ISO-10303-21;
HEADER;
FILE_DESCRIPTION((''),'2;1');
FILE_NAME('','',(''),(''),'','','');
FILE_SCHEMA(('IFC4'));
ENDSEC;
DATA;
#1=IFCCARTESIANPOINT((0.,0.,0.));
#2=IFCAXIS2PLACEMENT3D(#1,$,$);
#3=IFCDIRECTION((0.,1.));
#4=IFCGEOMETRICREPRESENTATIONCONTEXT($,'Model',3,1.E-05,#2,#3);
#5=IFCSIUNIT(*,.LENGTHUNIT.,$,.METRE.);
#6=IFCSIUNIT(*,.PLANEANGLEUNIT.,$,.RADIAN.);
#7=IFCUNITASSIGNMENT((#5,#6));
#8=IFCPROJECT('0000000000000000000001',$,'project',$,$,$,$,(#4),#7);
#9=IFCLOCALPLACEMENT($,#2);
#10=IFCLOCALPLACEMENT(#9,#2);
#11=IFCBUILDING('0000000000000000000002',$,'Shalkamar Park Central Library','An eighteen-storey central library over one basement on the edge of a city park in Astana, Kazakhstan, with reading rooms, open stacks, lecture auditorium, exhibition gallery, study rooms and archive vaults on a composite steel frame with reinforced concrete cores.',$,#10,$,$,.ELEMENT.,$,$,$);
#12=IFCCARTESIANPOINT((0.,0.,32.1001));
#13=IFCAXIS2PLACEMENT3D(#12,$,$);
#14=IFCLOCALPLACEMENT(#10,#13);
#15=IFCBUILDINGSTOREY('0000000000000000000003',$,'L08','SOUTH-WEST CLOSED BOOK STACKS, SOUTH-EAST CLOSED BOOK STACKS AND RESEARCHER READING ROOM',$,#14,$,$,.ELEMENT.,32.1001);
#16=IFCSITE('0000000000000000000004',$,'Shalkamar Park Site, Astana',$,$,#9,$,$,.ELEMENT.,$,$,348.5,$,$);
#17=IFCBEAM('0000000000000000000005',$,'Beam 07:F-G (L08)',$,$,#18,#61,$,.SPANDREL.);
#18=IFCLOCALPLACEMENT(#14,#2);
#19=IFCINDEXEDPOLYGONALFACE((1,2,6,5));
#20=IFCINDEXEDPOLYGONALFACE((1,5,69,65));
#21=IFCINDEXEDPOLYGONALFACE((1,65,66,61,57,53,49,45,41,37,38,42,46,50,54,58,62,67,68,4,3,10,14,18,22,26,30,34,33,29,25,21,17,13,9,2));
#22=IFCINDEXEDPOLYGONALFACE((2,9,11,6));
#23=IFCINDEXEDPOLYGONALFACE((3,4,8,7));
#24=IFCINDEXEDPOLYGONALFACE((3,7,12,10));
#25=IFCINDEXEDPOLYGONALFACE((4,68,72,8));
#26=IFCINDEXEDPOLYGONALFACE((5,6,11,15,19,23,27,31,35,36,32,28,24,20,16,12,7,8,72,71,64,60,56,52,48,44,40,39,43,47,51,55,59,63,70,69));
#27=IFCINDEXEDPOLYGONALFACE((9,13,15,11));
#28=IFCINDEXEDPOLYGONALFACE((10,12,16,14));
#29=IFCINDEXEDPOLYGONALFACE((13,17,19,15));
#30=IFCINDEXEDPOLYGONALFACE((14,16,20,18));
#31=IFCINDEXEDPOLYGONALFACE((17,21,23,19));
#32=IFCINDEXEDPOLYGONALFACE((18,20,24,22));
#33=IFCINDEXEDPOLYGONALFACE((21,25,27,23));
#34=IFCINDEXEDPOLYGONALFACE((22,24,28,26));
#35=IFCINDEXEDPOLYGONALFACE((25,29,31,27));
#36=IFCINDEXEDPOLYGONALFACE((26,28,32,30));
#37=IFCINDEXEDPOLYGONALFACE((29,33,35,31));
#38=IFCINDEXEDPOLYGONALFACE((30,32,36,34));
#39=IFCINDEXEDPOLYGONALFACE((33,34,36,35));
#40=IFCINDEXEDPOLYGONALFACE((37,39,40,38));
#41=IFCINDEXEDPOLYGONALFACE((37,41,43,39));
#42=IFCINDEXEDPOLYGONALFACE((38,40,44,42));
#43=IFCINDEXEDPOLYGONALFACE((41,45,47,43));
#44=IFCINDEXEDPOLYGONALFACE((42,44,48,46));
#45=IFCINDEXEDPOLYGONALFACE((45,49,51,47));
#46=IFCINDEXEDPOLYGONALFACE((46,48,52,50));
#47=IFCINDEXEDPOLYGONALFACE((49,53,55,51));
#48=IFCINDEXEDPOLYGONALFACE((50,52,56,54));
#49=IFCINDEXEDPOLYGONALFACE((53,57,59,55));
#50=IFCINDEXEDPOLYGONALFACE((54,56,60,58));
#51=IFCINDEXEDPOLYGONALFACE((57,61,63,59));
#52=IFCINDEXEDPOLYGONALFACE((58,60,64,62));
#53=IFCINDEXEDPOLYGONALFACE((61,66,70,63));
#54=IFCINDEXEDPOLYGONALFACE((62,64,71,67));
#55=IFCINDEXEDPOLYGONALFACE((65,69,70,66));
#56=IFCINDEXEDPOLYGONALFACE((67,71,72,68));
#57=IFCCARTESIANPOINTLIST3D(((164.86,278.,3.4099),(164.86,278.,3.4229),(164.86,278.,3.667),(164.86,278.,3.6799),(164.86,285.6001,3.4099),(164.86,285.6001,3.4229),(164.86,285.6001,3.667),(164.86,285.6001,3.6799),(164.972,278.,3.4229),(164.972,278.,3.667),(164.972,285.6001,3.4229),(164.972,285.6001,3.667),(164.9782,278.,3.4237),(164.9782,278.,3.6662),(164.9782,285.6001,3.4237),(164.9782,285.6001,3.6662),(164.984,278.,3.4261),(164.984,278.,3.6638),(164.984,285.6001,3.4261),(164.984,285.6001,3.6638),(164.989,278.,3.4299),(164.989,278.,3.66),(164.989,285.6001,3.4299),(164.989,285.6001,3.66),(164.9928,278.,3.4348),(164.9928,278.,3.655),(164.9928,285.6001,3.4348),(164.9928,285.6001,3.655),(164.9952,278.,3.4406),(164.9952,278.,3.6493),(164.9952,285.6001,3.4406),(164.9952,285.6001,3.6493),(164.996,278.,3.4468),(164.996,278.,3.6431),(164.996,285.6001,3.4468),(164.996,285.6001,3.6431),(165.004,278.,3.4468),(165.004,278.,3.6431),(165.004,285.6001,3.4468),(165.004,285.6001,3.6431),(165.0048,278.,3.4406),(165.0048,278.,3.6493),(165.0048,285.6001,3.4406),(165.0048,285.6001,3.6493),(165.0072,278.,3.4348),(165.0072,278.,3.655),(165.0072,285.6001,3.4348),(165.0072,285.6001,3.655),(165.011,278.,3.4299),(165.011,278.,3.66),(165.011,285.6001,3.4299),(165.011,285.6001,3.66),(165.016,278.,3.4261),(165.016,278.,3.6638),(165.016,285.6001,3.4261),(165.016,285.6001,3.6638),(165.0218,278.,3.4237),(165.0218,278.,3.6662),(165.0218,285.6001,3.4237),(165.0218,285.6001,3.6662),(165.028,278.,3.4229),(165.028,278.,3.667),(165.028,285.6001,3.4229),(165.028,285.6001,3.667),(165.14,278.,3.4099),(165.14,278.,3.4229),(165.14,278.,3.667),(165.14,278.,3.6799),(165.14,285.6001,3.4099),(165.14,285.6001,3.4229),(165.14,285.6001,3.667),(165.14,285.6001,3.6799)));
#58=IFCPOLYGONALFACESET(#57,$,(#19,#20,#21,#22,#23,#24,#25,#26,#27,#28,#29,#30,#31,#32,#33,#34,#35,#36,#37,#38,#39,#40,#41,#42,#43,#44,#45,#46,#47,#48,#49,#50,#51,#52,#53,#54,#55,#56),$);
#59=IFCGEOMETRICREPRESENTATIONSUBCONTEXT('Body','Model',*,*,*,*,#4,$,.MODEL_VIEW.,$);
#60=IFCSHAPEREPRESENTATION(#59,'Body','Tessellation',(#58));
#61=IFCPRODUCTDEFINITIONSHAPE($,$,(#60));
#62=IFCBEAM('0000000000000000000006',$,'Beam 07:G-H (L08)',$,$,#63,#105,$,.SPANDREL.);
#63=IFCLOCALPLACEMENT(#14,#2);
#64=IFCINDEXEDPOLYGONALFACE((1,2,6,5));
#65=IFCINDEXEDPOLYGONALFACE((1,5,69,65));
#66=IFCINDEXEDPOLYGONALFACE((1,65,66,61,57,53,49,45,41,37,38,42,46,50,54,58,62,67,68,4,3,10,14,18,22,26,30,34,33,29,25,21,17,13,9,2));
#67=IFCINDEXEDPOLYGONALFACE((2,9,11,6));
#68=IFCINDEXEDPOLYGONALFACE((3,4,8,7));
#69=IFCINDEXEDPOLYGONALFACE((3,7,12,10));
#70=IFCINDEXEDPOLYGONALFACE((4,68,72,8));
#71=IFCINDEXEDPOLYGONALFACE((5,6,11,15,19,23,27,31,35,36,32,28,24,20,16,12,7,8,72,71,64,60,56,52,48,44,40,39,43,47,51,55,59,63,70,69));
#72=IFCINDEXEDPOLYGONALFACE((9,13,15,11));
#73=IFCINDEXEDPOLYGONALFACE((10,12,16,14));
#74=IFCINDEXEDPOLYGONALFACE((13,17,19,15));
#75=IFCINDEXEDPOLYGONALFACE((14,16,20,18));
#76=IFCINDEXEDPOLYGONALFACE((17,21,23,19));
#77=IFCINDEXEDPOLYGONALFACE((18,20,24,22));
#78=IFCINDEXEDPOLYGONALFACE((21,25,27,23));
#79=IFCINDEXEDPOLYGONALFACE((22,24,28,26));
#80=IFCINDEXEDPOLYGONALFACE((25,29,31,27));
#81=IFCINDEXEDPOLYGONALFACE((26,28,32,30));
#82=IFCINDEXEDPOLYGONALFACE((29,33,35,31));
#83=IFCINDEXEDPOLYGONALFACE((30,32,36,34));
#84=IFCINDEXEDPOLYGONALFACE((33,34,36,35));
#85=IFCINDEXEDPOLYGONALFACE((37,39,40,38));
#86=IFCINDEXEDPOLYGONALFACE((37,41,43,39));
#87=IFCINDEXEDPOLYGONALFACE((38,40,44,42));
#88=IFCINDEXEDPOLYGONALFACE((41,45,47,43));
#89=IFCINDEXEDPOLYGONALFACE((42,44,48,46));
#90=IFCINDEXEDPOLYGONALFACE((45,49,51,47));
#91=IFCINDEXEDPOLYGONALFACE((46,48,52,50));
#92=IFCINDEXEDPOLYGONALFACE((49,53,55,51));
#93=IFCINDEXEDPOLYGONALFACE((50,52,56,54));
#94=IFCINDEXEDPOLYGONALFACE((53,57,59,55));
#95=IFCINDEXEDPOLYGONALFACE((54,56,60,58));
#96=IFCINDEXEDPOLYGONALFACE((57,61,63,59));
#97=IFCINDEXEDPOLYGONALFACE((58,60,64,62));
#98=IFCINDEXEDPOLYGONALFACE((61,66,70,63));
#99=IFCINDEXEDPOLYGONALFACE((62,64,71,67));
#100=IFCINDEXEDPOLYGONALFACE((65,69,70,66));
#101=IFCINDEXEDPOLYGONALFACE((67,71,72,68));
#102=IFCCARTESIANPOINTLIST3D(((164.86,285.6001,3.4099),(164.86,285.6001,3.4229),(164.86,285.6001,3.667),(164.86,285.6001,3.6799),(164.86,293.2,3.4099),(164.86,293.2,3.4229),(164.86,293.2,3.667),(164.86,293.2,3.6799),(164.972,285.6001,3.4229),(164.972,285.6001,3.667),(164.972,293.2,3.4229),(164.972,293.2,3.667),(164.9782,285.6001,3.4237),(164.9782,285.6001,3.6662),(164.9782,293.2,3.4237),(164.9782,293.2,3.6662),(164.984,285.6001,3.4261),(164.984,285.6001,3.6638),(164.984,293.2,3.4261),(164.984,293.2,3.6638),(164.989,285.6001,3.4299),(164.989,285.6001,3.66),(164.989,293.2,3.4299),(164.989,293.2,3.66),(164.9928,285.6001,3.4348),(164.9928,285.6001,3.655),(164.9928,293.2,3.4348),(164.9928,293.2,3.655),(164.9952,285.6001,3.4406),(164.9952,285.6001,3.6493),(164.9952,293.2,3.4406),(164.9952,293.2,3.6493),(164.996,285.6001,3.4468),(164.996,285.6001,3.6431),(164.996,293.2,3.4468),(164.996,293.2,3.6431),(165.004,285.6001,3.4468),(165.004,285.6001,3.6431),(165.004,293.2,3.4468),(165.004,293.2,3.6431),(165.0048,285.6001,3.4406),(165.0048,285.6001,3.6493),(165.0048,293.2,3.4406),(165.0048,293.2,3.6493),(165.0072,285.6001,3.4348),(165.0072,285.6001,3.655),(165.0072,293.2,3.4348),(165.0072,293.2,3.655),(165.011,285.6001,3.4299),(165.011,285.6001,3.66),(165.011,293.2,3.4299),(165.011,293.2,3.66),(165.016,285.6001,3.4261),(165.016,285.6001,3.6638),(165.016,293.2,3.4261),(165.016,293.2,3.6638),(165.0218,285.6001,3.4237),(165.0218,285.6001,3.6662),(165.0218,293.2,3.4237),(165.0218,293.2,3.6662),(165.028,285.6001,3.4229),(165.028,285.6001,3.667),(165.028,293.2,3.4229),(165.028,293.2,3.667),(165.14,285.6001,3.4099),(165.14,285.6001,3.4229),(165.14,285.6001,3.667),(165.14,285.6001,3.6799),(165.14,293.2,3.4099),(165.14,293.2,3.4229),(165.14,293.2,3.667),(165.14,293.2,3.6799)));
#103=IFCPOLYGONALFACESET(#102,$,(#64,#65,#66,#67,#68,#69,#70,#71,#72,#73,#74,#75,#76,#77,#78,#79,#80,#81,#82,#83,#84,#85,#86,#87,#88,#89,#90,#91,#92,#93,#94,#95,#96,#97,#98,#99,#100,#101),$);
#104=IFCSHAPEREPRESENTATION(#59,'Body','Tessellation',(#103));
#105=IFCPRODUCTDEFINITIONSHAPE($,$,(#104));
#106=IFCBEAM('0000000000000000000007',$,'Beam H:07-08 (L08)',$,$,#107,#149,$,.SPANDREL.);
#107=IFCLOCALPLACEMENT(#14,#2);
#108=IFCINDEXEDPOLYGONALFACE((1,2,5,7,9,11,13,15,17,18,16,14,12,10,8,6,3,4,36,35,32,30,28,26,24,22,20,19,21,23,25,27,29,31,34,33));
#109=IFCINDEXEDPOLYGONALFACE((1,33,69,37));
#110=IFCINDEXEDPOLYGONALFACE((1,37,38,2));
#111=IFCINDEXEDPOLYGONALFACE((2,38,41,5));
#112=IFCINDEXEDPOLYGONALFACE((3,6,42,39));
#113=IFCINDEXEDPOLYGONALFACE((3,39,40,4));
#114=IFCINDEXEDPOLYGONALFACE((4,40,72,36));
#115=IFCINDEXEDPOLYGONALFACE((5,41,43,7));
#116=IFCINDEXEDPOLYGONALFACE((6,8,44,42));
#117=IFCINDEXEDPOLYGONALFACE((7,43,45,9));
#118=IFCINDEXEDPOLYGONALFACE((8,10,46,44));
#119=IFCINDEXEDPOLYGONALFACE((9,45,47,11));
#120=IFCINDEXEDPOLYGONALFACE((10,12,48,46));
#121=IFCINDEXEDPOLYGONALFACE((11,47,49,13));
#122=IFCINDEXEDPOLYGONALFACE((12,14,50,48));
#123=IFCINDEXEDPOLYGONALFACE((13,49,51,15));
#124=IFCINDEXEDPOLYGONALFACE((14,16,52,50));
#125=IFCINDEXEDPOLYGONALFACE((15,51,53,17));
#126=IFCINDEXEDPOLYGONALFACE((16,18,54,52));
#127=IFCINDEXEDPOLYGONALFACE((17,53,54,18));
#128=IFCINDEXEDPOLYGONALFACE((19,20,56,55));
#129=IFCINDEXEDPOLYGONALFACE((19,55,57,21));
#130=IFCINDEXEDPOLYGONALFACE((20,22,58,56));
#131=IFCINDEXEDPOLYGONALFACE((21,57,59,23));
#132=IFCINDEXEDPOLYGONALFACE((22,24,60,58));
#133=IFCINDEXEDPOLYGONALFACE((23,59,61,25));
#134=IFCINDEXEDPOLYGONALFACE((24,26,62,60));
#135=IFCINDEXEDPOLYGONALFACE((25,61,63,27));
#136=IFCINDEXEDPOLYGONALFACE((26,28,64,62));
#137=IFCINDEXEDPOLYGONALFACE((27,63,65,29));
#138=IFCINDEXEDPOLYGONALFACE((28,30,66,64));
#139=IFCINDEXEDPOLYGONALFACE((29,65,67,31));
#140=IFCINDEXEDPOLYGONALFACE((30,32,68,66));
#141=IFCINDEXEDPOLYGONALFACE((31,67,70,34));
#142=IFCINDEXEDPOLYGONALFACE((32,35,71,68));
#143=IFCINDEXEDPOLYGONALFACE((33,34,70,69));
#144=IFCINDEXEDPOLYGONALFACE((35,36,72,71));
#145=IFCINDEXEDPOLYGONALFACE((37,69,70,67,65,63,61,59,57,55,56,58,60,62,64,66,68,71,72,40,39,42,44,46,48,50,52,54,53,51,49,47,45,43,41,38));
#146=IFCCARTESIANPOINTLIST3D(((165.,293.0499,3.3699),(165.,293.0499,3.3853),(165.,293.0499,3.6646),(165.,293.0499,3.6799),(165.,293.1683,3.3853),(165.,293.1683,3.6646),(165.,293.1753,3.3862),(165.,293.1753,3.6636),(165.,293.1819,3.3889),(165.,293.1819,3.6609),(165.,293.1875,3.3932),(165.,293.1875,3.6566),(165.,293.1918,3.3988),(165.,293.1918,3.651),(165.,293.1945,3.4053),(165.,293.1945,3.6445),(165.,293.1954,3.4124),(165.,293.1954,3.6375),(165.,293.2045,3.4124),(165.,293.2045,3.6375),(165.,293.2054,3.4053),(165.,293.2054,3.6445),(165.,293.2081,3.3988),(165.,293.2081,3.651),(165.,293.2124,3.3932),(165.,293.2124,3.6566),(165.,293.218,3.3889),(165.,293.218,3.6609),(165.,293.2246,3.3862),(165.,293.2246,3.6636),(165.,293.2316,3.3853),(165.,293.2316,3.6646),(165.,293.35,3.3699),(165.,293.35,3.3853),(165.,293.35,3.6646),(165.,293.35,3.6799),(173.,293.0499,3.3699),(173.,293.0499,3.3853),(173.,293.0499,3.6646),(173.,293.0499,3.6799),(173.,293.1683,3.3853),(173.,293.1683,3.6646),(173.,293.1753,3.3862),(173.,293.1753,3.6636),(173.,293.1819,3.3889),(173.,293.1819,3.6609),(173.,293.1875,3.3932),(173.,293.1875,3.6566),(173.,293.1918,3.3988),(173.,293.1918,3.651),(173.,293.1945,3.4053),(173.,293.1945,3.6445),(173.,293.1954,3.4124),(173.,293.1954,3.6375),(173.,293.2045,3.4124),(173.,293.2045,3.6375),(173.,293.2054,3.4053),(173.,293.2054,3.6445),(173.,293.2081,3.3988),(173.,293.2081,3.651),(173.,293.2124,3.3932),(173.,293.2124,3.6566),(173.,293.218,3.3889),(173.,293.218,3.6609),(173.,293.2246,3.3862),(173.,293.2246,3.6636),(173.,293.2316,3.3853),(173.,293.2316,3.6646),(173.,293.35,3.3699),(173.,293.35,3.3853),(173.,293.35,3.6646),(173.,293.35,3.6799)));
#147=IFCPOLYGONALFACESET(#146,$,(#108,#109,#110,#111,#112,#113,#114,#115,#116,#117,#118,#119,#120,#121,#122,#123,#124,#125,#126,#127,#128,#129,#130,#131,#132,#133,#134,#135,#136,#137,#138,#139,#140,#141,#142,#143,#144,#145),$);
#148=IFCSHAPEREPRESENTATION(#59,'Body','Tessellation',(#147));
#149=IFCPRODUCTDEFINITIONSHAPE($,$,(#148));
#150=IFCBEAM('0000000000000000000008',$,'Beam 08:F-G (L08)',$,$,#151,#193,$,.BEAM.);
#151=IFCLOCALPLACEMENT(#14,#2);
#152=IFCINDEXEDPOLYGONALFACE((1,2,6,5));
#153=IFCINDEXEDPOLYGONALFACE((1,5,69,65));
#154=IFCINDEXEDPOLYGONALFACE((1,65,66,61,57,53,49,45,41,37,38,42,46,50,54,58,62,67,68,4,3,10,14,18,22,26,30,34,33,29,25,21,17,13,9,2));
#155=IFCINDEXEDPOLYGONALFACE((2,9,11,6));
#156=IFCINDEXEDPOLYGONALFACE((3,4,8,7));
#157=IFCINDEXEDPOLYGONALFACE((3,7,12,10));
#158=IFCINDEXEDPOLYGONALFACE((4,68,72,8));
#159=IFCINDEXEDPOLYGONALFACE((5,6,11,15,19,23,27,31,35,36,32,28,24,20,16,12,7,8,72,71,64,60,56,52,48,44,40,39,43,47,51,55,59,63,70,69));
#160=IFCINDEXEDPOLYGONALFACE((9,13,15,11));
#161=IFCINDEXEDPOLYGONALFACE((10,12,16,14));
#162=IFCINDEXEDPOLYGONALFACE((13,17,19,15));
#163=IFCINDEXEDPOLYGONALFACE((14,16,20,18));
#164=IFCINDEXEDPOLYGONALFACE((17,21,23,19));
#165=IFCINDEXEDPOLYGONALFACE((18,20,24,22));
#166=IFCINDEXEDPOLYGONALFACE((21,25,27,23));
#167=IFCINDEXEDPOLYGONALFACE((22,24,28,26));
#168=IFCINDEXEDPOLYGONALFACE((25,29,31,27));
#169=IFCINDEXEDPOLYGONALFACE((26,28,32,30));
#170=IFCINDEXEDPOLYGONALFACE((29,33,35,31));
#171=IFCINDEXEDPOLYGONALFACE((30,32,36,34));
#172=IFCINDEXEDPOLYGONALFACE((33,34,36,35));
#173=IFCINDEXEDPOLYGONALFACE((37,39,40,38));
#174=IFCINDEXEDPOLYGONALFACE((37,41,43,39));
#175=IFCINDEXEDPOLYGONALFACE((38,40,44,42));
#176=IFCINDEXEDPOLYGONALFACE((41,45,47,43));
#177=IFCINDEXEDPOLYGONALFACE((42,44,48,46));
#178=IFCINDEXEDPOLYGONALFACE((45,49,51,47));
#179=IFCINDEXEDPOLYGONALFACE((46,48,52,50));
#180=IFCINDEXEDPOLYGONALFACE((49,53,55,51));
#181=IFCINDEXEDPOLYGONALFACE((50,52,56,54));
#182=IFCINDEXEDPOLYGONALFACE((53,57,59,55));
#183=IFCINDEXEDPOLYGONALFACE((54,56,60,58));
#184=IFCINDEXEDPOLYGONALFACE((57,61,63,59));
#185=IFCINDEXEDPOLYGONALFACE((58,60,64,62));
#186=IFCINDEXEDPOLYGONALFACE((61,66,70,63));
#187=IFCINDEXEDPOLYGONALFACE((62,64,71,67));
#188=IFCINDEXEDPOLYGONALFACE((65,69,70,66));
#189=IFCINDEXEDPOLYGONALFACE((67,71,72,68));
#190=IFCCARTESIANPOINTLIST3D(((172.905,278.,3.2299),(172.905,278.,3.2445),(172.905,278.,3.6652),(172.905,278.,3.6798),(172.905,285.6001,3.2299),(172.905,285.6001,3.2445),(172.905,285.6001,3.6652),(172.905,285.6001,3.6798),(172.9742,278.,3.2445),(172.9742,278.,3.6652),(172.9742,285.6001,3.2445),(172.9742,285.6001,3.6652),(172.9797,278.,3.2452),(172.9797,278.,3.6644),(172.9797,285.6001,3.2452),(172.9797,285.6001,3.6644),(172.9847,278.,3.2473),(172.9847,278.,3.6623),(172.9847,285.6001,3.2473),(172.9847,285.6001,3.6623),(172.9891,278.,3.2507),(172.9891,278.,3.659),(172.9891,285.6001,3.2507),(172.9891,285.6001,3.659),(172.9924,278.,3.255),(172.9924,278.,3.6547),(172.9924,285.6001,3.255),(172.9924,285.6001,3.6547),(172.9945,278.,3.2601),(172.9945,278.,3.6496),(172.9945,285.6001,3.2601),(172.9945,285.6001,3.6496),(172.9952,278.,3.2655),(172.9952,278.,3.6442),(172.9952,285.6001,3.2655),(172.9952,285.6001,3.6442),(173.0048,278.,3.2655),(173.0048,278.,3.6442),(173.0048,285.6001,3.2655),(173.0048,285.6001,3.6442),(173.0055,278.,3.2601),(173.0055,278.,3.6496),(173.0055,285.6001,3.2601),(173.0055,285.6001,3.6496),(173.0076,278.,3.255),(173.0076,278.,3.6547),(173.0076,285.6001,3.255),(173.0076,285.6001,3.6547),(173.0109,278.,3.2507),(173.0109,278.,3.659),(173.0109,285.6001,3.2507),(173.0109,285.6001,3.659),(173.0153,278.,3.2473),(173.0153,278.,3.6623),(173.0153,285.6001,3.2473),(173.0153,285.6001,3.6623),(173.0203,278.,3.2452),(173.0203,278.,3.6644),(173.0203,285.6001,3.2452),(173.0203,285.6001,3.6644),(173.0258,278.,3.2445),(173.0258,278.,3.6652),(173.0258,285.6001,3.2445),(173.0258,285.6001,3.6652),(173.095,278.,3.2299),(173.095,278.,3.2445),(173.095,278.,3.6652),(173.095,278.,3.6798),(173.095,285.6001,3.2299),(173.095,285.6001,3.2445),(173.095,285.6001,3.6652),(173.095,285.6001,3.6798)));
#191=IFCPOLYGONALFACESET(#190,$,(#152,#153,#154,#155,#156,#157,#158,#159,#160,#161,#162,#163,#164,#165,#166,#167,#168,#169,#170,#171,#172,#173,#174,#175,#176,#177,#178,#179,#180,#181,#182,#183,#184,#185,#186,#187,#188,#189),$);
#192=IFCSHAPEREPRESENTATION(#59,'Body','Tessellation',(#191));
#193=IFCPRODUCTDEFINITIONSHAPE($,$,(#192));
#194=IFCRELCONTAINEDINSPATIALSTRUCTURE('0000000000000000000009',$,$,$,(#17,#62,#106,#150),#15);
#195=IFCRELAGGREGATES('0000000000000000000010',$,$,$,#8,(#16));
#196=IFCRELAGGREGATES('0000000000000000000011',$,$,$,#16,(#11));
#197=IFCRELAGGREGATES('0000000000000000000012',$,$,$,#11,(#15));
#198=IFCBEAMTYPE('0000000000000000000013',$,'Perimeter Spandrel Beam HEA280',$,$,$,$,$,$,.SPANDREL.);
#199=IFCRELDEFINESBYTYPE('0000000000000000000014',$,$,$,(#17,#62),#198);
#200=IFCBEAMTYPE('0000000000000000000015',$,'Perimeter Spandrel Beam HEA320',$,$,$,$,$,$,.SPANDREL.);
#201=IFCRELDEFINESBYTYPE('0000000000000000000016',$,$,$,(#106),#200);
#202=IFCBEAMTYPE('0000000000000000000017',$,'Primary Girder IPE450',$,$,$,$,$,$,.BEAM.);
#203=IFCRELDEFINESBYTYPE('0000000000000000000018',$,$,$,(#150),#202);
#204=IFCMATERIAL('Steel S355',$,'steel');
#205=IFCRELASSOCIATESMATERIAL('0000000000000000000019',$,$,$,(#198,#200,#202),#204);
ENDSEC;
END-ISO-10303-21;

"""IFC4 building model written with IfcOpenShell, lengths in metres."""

from ifc_helpers import new_model, si_unit, direction, frame, origin, origin_2d, place, context, subcontext, project, spatial, i_section, extrude, material, material_profile, profile_set, type_object, element, save


model = new_model("IFC4")

# Units and contexts
model_context = context("Model", 3, precision=1e-05, world=origin(), true_north=direction((0.0, 1.0)))
body_context = subcontext(model_context, "Body", "Model", "MODEL_VIEW")
ifc_project = project(units=[si_unit("LENGTHUNIT", "METRE"), si_unit("PLANEANGLEUNIT", "RADIAN")], contexts=[model_context])

# Site, building, storey
site_placement = place(None, origin())
site = spatial("IfcSite", under=ifc_project, at=site_placement, Name="Shalkamar Park Site, Astana", CompositionType="ELEMENT", RefElevation=348.5)
building_placement = place(site_placement, origin())
building = spatial("IfcBuilding", under=site, at=building_placement, Name="Shalkamar Park Central Library", Description="An eighteen-storey central library over one basement on the edge of a city park in Astana, Kazakhstan, with reading rooms, open stacks, lecture auditorium, exhibition gallery, study rooms and archive vaults on a composite steel frame with reinforced concrete cores.", CompositionType="ELEMENT")
storey_placement = place(building_placement, frame((0.0, 0.0, 32.1001)))
storey = spatial("IfcBuildingStorey", under=building, at=storey_placement, Name="L08", Description="SOUTH-WEST CLOSED BOOK STACKS, SOUTH-EAST CLOSED BOOK STACKS AND RESEARCHER READING ROOM", CompositionType="ELEMENT", Elevation=32.1001)

# Shared definitions
ifc_material_1 = material(Name="Steel S355", Category="steel")

# Beams
ifc_material_profile_1 = material_profile(ifc_material_1, i_section(OverallWidth=0.28, OverallDepth=0.27, WebThickness=0.0081, FlangeThickness=0.0129, FilletRadius=0.0239, at=origin_2d()), Name="HEA 280")
ifc_profile_set_1 = profile_set([ifc_material_profile_1], Name="Steel S355")
beam_type_1 = type_object("IfcBeamType", Name="Perimeter Spandrel Beam HEA280", PredefinedType="SPANDREL", material=ifc_profile_set_1)
beam_1_placement = place(storey_placement, frame((165.0, 278.0, 3.5449), z_axis=(0.0, 1.0, 0.0), x_axis=(-1.0, 0.0, 0.0)))
element("IfcBeam", 1, at=beam_1_placement, inside=storey, type_object=beam_type_1, Name="Beam 07:F-G (L08)", PredefinedType="SPANDREL", context=body_context, shape_type="SweptSolid", body=[
    extrude(i_section(OverallWidth=0.28, OverallDepth=0.27, WebThickness=0.0081, FlangeThickness=0.0129, FilletRadius=0.0239, at=origin_2d()), origin(), (0.0, 0.0, 1.0), 7.6001),
])
beam_2_placement = place(storey_placement, frame((165.0, 285.6001, 3.5449), z_axis=(0.0, 1.0, 0.0), x_axis=(-1.0, 0.0, 0.0)))
element("IfcBeam", 2, at=beam_2_placement, inside=storey, type_object=beam_type_1, Name="Beam 07:G-H (L08)", PredefinedType="SPANDREL", context=body_context, shape_type="SweptSolid", body=[
    extrude(i_section(OverallWidth=0.28, OverallDepth=0.27, WebThickness=0.0081, FlangeThickness=0.0129, FilletRadius=0.0239, at=origin_2d()), origin(), (0.0, 0.0, 1.0), 7.5999),
])
ifc_material_profile_2 = material_profile(ifc_material_1, i_section(OverallWidth=0.3, OverallDepth=0.3101, WebThickness=0.009, FlangeThickness=0.0154, FilletRadius=0.0271, at=origin_2d()), Name="HEA 320")
ifc_profile_set_2 = profile_set([ifc_material_profile_2], Name="Steel S355")
beam_type_2 = type_object("IfcBeamType", Name="Perimeter Spandrel Beam HEA320", PredefinedType="SPANDREL", material=ifc_profile_set_2)
beam_3_placement = place(storey_placement, frame((165.0, 293.2, 3.5249), z_axis=(1.0, 0.0, 0.0), x_axis=(0.0, 1.0, 0.0)))
element("IfcBeam", 3, at=beam_3_placement, inside=storey, type_object=beam_type_2, Name="Beam H:07-08 (L08)", PredefinedType="SPANDREL", context=body_context, shape_type="SweptSolid", body=[
    extrude(i_section(OverallWidth=0.3, OverallDepth=0.3101, WebThickness=0.009, FlangeThickness=0.0154, FilletRadius=0.0271, at=origin_2d()), origin(), (0.0, 0.0, 1.0), 8.0),
])
ifc_material_profile_3 = material_profile(ifc_material_1, i_section(OverallWidth=0.1899, OverallDepth=0.45, WebThickness=0.0095, FlangeThickness=0.0146, FilletRadius=0.021, at=origin_2d()), Name="IPE 450")
ifc_profile_set_3 = profile_set([ifc_material_profile_3], Name="Steel S355")
beam_type_3 = type_object("IfcBeamType", Name="Primary Girder IPE450", PredefinedType="BEAM", material=ifc_profile_set_3)
beam_4_placement = place(storey_placement, frame((173.0, 278.0, 3.4548), z_axis=(0.0, 1.0, 0.0), x_axis=(-1.0, 0.0, 0.0)))
element("IfcBeam", 4, at=beam_4_placement, inside=storey, type_object=beam_type_3, Name="Beam 08:F-G (L08)", PredefinedType="BEAM", context=body_context, shape_type="SweptSolid", body=[
    extrude(i_section(OverallWidth=0.1899, OverallDepth=0.45, WebThickness=0.0095, FlangeThickness=0.0146, FilletRadius=0.021, at=origin_2d()), origin(), (0.0, 0.0, 1.0), 7.6001),
])

save(model, "model.ifc")
